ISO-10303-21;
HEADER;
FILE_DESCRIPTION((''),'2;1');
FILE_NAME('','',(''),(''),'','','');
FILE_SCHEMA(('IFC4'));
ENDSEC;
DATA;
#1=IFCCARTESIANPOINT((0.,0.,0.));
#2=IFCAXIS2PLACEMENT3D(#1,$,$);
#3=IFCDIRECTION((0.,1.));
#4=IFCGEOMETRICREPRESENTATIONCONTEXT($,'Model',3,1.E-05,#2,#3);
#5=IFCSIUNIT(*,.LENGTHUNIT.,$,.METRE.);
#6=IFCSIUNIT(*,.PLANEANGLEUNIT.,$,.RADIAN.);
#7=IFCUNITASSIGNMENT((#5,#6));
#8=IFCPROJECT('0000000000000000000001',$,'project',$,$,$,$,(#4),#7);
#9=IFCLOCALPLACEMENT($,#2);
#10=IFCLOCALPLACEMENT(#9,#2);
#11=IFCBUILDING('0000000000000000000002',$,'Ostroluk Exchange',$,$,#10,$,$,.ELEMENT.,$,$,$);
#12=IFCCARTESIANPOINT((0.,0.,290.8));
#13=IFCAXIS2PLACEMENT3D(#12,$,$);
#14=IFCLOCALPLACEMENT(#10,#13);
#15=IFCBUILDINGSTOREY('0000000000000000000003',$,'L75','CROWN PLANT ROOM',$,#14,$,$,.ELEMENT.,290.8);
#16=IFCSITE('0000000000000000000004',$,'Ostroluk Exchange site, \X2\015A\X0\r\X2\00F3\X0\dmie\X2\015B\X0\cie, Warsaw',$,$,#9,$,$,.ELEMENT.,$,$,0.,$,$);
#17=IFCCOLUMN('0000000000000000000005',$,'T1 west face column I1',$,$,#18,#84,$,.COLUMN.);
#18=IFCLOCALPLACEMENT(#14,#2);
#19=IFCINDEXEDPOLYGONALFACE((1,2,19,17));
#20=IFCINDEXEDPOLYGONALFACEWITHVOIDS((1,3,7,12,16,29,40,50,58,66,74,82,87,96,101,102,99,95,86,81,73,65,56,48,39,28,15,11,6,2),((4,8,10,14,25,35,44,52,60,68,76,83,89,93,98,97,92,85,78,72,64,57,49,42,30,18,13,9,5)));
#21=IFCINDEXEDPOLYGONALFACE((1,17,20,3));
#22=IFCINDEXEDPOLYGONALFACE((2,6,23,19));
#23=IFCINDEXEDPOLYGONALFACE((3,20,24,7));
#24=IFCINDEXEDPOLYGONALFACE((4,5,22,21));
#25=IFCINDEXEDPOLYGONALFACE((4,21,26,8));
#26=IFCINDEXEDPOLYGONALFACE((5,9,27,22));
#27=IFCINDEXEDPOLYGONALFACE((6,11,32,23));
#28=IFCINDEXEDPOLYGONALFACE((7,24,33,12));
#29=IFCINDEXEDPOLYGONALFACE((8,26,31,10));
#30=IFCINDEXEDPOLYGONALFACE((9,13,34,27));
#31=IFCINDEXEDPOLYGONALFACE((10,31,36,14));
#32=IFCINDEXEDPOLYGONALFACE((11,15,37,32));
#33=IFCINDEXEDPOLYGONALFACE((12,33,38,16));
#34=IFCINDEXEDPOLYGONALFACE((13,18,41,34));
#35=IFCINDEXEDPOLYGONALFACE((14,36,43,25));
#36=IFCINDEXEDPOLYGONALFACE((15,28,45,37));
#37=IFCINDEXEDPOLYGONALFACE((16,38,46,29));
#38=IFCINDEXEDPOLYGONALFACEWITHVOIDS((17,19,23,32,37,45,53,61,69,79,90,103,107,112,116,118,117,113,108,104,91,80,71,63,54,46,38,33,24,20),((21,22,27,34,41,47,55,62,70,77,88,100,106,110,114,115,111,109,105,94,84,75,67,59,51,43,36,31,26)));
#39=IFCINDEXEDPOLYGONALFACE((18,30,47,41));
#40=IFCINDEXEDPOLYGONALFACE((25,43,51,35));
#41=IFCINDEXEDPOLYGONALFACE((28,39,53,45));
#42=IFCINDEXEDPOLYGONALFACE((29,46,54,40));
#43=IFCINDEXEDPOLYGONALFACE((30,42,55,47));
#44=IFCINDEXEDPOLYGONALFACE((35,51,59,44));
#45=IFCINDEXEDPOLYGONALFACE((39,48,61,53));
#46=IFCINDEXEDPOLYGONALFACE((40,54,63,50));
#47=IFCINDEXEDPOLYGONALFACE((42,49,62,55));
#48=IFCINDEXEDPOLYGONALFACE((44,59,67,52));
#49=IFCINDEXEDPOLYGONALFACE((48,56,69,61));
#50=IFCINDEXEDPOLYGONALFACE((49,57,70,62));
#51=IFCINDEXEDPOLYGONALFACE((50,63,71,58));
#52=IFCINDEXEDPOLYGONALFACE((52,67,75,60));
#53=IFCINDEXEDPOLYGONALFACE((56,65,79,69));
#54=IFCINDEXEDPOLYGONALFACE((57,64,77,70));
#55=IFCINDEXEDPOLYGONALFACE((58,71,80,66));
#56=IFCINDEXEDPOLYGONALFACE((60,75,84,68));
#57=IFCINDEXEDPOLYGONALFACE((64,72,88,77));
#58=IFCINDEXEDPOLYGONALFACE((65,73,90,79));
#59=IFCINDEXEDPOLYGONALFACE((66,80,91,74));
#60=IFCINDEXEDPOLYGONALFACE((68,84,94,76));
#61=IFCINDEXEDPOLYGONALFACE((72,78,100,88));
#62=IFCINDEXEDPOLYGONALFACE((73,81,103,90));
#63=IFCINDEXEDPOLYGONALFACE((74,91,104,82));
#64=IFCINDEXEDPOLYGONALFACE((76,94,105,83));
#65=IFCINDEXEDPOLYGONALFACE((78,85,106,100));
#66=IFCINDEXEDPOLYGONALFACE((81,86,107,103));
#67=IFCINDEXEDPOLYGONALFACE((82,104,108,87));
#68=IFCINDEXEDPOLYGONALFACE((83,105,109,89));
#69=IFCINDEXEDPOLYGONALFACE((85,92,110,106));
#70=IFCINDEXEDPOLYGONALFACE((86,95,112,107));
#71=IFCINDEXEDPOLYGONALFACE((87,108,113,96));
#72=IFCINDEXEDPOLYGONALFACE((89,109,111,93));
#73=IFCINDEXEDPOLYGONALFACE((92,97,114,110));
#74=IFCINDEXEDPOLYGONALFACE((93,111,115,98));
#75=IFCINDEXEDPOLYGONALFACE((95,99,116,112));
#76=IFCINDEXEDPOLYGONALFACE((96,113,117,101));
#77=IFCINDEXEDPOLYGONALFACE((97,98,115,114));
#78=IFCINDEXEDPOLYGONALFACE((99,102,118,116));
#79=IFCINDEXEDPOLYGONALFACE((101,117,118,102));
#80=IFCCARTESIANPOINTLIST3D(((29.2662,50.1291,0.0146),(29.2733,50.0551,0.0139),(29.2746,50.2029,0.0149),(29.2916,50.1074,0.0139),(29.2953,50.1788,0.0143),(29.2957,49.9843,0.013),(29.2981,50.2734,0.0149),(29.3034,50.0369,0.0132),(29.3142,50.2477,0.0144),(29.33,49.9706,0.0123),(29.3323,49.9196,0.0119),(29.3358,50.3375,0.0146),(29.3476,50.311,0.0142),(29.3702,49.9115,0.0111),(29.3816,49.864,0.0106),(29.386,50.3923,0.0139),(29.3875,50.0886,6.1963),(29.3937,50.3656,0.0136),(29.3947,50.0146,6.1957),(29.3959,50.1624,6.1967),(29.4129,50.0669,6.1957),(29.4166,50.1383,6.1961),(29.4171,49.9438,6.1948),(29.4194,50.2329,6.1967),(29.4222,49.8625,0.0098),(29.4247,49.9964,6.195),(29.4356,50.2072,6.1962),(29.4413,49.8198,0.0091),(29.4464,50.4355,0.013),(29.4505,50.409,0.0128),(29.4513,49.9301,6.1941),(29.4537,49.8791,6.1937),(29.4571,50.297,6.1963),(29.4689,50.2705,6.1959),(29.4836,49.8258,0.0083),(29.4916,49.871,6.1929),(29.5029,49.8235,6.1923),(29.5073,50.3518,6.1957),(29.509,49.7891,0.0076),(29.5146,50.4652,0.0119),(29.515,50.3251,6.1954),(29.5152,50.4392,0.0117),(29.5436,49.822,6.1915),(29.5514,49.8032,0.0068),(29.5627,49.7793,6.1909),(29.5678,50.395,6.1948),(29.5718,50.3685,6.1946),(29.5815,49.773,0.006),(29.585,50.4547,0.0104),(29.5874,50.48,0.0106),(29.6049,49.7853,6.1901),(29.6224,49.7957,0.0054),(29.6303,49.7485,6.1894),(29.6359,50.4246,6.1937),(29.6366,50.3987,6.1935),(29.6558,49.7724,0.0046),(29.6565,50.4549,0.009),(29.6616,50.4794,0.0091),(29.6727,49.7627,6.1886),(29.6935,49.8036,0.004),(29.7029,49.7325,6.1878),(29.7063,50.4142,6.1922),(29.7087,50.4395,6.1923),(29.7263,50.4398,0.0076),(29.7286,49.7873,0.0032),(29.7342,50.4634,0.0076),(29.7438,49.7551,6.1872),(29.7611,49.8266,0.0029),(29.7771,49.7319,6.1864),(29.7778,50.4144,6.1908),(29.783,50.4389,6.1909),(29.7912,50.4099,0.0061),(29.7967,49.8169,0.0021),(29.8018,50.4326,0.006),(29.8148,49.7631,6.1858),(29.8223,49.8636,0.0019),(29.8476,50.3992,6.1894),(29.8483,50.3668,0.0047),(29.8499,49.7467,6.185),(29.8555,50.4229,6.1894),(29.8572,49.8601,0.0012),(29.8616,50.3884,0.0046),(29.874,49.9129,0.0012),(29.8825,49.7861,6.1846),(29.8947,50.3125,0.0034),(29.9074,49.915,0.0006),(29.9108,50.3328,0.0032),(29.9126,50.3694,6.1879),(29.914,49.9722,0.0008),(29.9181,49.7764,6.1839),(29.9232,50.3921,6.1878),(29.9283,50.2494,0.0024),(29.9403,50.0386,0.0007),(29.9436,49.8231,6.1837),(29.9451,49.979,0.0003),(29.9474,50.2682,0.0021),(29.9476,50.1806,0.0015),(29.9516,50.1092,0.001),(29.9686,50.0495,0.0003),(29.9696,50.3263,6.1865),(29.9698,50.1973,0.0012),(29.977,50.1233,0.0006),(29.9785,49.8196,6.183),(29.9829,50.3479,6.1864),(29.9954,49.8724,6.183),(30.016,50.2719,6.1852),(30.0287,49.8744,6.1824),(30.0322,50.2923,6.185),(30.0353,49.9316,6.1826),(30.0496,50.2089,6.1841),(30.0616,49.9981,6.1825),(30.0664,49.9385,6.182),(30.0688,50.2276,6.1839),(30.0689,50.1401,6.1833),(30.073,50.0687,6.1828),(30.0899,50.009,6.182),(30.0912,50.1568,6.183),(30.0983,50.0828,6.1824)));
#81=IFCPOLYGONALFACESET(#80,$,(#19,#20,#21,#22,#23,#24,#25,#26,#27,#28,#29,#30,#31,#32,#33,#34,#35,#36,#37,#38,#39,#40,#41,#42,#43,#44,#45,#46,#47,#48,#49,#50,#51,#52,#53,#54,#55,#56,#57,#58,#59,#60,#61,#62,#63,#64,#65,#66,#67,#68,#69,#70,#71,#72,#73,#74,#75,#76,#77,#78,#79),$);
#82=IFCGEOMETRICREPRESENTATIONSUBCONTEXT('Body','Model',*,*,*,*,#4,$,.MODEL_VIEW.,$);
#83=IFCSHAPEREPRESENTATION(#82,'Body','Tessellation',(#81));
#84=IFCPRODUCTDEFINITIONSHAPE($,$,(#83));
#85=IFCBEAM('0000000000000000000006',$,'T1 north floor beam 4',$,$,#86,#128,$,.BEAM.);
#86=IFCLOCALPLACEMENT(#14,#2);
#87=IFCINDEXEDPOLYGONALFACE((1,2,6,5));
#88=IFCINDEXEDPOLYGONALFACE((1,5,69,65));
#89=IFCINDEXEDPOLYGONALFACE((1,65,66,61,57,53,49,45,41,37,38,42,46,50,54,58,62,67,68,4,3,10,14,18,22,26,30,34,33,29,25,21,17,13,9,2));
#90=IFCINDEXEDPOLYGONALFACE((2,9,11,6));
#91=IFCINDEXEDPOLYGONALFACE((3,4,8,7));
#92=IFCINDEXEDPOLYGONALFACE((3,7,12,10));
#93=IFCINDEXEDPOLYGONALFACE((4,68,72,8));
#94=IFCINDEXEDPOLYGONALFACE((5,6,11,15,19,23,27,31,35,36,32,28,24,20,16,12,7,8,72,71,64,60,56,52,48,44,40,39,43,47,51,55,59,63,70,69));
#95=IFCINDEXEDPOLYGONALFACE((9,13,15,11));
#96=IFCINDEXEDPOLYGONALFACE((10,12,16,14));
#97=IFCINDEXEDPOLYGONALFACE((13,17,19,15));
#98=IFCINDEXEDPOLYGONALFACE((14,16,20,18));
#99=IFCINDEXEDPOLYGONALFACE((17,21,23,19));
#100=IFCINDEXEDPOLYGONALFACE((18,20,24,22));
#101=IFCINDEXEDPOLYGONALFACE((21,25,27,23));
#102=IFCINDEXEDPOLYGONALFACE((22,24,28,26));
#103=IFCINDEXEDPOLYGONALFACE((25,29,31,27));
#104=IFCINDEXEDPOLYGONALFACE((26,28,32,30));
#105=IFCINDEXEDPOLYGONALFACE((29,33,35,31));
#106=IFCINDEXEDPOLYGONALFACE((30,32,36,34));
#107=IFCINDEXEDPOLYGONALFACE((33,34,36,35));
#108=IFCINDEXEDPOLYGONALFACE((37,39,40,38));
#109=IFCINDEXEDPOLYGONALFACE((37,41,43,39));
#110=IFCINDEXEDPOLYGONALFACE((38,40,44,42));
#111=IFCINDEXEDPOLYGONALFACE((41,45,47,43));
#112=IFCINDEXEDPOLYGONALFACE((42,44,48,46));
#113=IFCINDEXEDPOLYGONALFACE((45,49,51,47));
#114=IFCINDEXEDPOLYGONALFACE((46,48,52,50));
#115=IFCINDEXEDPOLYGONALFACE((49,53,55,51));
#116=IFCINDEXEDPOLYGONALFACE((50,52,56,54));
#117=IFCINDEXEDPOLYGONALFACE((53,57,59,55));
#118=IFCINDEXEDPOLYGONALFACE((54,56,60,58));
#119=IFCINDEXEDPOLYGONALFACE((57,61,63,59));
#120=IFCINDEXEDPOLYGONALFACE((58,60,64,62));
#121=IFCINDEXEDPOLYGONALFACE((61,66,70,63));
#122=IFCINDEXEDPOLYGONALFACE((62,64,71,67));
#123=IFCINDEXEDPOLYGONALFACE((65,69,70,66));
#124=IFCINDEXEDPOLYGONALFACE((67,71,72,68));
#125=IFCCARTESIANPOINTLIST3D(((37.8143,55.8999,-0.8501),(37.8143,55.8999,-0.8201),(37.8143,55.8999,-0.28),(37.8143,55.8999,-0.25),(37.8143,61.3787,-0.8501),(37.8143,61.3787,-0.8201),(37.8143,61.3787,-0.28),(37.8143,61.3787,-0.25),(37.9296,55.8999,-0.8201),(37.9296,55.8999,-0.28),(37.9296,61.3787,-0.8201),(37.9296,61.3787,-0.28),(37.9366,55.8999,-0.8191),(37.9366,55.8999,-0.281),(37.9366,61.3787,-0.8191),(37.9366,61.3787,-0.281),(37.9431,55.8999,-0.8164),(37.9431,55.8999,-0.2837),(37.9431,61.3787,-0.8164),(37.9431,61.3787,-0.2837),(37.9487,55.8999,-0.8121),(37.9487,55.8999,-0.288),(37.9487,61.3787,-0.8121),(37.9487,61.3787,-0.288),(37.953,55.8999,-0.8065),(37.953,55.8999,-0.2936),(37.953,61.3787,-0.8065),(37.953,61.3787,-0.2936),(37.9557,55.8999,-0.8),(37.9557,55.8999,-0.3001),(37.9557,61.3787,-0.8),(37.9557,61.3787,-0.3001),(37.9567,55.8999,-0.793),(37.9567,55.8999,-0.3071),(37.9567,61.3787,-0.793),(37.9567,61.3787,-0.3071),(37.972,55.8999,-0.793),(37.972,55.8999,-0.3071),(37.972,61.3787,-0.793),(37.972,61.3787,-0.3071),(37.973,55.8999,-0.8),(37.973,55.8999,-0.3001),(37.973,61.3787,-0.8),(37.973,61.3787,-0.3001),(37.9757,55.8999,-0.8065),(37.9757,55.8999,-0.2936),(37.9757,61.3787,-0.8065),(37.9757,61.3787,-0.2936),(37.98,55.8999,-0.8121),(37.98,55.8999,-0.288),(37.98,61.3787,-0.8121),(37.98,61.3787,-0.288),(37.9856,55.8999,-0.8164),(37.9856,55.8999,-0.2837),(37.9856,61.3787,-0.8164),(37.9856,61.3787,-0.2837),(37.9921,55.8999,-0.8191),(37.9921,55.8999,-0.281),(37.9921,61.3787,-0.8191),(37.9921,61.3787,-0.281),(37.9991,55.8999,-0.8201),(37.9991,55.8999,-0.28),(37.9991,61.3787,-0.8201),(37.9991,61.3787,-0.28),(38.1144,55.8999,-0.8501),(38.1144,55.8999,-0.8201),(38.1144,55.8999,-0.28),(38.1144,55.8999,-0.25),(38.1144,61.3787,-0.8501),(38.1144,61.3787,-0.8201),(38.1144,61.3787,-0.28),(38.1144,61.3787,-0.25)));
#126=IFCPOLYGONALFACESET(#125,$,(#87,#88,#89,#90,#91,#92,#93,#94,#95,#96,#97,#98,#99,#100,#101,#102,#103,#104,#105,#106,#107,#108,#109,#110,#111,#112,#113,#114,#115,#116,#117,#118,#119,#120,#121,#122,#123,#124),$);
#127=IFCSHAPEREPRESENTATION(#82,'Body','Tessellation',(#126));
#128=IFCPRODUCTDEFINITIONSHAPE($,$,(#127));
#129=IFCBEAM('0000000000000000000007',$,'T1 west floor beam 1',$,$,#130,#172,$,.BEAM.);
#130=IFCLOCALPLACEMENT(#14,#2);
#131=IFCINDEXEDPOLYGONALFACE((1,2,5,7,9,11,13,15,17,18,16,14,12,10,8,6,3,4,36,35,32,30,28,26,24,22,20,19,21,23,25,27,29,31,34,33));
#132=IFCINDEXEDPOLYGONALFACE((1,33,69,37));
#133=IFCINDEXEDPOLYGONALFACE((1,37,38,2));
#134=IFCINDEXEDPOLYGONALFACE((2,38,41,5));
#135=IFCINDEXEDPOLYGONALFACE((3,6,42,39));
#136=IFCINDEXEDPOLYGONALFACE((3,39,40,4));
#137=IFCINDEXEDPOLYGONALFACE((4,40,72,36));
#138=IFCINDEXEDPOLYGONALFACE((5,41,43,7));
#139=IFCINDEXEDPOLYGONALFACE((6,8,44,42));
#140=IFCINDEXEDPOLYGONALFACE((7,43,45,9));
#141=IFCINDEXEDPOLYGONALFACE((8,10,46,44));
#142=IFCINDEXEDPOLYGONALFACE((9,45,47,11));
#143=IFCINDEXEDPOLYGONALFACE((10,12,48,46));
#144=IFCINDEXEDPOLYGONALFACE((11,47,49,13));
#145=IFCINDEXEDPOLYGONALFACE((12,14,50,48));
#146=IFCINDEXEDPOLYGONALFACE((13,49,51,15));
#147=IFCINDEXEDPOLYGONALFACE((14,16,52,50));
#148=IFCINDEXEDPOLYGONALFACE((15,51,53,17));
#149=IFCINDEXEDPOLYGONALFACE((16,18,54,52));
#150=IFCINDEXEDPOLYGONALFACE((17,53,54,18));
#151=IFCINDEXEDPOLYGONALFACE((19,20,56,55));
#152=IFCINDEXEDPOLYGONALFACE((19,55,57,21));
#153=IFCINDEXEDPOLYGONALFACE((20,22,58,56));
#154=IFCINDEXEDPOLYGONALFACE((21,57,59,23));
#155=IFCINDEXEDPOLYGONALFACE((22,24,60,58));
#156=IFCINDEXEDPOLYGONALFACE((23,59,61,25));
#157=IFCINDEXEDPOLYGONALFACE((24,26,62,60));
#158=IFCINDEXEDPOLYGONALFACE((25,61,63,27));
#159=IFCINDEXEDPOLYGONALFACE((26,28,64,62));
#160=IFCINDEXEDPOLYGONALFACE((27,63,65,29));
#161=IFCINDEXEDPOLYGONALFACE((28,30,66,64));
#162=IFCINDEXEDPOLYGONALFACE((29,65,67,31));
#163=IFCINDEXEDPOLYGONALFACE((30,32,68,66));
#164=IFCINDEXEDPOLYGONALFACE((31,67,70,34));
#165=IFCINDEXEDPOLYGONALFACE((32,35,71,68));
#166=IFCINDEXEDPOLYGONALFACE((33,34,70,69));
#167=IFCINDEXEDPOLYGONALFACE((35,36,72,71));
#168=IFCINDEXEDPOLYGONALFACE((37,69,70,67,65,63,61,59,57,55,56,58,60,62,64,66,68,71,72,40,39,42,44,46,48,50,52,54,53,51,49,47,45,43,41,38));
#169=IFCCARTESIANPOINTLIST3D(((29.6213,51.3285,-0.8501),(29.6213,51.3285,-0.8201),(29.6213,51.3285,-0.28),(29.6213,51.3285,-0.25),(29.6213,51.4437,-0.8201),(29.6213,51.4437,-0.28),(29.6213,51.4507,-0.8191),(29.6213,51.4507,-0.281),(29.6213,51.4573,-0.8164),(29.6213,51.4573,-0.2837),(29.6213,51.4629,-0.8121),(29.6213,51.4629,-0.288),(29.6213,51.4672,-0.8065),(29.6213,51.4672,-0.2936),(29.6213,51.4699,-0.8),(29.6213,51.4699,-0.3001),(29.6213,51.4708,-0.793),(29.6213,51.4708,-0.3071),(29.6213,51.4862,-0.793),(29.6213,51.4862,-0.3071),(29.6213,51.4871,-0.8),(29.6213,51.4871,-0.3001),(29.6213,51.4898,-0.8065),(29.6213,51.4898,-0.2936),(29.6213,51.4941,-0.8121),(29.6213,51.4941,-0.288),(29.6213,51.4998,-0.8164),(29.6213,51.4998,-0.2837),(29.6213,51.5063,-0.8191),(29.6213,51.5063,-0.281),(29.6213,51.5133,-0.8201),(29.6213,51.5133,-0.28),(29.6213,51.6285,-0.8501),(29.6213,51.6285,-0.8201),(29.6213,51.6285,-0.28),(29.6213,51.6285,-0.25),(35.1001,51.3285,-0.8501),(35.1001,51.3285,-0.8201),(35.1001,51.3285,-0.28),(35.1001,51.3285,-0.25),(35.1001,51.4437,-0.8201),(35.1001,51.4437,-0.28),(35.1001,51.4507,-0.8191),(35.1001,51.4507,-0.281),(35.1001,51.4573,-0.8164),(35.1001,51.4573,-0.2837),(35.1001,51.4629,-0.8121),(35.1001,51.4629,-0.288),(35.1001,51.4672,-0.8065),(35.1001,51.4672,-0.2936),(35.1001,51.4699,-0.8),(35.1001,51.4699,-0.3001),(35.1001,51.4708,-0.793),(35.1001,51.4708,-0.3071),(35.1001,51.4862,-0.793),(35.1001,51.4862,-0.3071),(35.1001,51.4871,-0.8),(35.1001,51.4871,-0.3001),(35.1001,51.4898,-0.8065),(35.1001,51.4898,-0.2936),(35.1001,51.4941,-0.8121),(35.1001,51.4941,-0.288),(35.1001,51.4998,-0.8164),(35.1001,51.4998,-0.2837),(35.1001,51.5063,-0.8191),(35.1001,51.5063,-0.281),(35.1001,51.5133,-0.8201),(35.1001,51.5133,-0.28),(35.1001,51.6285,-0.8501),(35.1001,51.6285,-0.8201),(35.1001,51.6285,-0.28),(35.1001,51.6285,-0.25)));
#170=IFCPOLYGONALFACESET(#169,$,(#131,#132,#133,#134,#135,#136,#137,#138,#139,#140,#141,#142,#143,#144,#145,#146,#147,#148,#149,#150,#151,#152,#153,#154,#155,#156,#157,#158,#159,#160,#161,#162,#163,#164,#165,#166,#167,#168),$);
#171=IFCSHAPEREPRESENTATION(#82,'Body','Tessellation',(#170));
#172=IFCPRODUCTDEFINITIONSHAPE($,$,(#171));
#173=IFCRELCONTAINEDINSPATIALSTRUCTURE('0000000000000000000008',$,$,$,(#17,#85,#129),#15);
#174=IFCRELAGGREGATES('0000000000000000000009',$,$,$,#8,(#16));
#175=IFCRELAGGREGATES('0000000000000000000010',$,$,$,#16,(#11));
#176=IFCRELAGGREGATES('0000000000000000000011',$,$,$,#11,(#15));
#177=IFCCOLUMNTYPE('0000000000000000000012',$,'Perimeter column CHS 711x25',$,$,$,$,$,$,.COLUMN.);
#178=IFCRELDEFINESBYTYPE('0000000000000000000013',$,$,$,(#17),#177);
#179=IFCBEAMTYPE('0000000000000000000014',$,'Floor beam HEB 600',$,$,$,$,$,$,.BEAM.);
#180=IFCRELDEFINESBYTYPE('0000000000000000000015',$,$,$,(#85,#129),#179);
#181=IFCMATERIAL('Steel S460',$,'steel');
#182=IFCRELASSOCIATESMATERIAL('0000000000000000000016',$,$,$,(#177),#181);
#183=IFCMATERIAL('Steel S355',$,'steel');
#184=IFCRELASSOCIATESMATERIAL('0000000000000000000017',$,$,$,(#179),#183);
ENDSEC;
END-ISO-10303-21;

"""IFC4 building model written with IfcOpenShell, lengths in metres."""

from ifc_helpers import new_model, si_unit, direction, frame, origin, origin_2d, place, context, subcontext, project, spatial, hollow_circle, i_section, extrude, material, material_profile, profile_set, type_object, element, save


model = new_model("IFC4")

# Units and contexts
model_context = context("Model", 3, precision=1e-05, world=origin(), true_north=direction((0.0, 1.0)))
body_context = subcontext(model_context, "Body", "Model", "MODEL_VIEW")
ifc_project = project(units=[si_unit("LENGTHUNIT", "METRE"), si_unit("PLANEANGLEUNIT", "RADIAN")], contexts=[model_context])

# Site, building, storey
site_placement = place(None, origin())
site = spatial("IfcSite", under=ifc_project, at=site_placement, Name="Ostroluk Exchange site, Śródmieście, Warsaw", CompositionType="ELEMENT", RefElevation=0.0)
building_placement = place(site_placement, origin())
building = spatial("IfcBuilding", under=site, at=building_placement, Name="Ostroluk Exchange", CompositionType="ELEMENT")
storey_placement = place(building_placement, frame((0.0, 0.0, 290.8)))
storey = spatial("IfcBuildingStorey", under=building, at=storey_placement, Name="L75", Description="CROWN PLANT ROOM", CompositionType="ELEMENT", Elevation=290.8)

# Column
ifc_material_1 = material(Name="Steel S460", Category="steel")
ifc_material_profile_1 = material_profile(ifc_material_1, hollow_circle(Radius=0.3555, WallThickness=0.0249, at=origin_2d()), Name="CHS 711x25")
ifc_profile_set_1 = profile_set([ifc_material_profile_1], Name="Steel S460")
column_type = type_object("IfcColumnType", Name="Perimeter column CHS 711x25", PredefinedType="COLUMN", material=ifc_profile_set_1)
column_placement = place(storey_placement, frame((29.6216, 50.1262, 0.0076), z_axis=(0.019624, -0.006554, 0.999786), x_axis=(0.3168, 0.948492, 0.0)))
element("IfcColumn", 1, at=column_placement, inside=storey, type_object=column_type, Name="T1 west face column I1", PredefinedType="COLUMN", context=body_context, shape_type="SweptSolid", body=[
    extrude(hollow_circle(Radius=0.3555, WallThickness=0.0249, at=origin_2d()), origin(), (0.0, 0.0, 1.0), 6.1831),
])

# Beams
ifc_material_2 = material(Name="Steel S355", Category="steel")
ifc_material_profile_2 = material_profile(ifc_material_2, i_section(OverallWidth=0.3, OverallDepth=0.6001, WebThickness=0.0154, FlangeThickness=0.03, FilletRadius=0.0271, at=origin_2d()), Name="HEB 600")
ifc_profile_set_2 = profile_set([ifc_material_profile_2], Name="Steel S355")
beam_type_1 = type_object("IfcBeamType", Name="Floor beam HEB 600", PredefinedType="BEAM", material=ifc_profile_set_2)
for number, where, z_axis, x_axis, name in (
    (2, (37.9644, 55.8999, -0.55), (0.0, 1.0, 0.0), (-1.0, 0.0, 0.0), "T1 north floor beam 4"),
    (3, (35.1001, 51.4785, -0.55), (-1.0, 0.0, 0.0), (0.0, -1.0, 0.0), "T1 west floor beam 1"),
):
    element("IfcBeam", number, at=place(storey_placement, frame(where, z_axis=z_axis, x_axis=x_axis)), inside=storey, type_object=beam_type_1, Name=name, PredefinedType="BEAM", context=body_context, shape_type="SweptSolid", body=[
        extrude(i_section(OverallWidth=0.3, OverallDepth=0.6001, WebThickness=0.0154, FlangeThickness=0.03, FilletRadius=0.0271, at=origin_2d()), origin(), (0.0, 0.0, 1.0), 5.4788),
    ])

save(model, "model.ifc")
